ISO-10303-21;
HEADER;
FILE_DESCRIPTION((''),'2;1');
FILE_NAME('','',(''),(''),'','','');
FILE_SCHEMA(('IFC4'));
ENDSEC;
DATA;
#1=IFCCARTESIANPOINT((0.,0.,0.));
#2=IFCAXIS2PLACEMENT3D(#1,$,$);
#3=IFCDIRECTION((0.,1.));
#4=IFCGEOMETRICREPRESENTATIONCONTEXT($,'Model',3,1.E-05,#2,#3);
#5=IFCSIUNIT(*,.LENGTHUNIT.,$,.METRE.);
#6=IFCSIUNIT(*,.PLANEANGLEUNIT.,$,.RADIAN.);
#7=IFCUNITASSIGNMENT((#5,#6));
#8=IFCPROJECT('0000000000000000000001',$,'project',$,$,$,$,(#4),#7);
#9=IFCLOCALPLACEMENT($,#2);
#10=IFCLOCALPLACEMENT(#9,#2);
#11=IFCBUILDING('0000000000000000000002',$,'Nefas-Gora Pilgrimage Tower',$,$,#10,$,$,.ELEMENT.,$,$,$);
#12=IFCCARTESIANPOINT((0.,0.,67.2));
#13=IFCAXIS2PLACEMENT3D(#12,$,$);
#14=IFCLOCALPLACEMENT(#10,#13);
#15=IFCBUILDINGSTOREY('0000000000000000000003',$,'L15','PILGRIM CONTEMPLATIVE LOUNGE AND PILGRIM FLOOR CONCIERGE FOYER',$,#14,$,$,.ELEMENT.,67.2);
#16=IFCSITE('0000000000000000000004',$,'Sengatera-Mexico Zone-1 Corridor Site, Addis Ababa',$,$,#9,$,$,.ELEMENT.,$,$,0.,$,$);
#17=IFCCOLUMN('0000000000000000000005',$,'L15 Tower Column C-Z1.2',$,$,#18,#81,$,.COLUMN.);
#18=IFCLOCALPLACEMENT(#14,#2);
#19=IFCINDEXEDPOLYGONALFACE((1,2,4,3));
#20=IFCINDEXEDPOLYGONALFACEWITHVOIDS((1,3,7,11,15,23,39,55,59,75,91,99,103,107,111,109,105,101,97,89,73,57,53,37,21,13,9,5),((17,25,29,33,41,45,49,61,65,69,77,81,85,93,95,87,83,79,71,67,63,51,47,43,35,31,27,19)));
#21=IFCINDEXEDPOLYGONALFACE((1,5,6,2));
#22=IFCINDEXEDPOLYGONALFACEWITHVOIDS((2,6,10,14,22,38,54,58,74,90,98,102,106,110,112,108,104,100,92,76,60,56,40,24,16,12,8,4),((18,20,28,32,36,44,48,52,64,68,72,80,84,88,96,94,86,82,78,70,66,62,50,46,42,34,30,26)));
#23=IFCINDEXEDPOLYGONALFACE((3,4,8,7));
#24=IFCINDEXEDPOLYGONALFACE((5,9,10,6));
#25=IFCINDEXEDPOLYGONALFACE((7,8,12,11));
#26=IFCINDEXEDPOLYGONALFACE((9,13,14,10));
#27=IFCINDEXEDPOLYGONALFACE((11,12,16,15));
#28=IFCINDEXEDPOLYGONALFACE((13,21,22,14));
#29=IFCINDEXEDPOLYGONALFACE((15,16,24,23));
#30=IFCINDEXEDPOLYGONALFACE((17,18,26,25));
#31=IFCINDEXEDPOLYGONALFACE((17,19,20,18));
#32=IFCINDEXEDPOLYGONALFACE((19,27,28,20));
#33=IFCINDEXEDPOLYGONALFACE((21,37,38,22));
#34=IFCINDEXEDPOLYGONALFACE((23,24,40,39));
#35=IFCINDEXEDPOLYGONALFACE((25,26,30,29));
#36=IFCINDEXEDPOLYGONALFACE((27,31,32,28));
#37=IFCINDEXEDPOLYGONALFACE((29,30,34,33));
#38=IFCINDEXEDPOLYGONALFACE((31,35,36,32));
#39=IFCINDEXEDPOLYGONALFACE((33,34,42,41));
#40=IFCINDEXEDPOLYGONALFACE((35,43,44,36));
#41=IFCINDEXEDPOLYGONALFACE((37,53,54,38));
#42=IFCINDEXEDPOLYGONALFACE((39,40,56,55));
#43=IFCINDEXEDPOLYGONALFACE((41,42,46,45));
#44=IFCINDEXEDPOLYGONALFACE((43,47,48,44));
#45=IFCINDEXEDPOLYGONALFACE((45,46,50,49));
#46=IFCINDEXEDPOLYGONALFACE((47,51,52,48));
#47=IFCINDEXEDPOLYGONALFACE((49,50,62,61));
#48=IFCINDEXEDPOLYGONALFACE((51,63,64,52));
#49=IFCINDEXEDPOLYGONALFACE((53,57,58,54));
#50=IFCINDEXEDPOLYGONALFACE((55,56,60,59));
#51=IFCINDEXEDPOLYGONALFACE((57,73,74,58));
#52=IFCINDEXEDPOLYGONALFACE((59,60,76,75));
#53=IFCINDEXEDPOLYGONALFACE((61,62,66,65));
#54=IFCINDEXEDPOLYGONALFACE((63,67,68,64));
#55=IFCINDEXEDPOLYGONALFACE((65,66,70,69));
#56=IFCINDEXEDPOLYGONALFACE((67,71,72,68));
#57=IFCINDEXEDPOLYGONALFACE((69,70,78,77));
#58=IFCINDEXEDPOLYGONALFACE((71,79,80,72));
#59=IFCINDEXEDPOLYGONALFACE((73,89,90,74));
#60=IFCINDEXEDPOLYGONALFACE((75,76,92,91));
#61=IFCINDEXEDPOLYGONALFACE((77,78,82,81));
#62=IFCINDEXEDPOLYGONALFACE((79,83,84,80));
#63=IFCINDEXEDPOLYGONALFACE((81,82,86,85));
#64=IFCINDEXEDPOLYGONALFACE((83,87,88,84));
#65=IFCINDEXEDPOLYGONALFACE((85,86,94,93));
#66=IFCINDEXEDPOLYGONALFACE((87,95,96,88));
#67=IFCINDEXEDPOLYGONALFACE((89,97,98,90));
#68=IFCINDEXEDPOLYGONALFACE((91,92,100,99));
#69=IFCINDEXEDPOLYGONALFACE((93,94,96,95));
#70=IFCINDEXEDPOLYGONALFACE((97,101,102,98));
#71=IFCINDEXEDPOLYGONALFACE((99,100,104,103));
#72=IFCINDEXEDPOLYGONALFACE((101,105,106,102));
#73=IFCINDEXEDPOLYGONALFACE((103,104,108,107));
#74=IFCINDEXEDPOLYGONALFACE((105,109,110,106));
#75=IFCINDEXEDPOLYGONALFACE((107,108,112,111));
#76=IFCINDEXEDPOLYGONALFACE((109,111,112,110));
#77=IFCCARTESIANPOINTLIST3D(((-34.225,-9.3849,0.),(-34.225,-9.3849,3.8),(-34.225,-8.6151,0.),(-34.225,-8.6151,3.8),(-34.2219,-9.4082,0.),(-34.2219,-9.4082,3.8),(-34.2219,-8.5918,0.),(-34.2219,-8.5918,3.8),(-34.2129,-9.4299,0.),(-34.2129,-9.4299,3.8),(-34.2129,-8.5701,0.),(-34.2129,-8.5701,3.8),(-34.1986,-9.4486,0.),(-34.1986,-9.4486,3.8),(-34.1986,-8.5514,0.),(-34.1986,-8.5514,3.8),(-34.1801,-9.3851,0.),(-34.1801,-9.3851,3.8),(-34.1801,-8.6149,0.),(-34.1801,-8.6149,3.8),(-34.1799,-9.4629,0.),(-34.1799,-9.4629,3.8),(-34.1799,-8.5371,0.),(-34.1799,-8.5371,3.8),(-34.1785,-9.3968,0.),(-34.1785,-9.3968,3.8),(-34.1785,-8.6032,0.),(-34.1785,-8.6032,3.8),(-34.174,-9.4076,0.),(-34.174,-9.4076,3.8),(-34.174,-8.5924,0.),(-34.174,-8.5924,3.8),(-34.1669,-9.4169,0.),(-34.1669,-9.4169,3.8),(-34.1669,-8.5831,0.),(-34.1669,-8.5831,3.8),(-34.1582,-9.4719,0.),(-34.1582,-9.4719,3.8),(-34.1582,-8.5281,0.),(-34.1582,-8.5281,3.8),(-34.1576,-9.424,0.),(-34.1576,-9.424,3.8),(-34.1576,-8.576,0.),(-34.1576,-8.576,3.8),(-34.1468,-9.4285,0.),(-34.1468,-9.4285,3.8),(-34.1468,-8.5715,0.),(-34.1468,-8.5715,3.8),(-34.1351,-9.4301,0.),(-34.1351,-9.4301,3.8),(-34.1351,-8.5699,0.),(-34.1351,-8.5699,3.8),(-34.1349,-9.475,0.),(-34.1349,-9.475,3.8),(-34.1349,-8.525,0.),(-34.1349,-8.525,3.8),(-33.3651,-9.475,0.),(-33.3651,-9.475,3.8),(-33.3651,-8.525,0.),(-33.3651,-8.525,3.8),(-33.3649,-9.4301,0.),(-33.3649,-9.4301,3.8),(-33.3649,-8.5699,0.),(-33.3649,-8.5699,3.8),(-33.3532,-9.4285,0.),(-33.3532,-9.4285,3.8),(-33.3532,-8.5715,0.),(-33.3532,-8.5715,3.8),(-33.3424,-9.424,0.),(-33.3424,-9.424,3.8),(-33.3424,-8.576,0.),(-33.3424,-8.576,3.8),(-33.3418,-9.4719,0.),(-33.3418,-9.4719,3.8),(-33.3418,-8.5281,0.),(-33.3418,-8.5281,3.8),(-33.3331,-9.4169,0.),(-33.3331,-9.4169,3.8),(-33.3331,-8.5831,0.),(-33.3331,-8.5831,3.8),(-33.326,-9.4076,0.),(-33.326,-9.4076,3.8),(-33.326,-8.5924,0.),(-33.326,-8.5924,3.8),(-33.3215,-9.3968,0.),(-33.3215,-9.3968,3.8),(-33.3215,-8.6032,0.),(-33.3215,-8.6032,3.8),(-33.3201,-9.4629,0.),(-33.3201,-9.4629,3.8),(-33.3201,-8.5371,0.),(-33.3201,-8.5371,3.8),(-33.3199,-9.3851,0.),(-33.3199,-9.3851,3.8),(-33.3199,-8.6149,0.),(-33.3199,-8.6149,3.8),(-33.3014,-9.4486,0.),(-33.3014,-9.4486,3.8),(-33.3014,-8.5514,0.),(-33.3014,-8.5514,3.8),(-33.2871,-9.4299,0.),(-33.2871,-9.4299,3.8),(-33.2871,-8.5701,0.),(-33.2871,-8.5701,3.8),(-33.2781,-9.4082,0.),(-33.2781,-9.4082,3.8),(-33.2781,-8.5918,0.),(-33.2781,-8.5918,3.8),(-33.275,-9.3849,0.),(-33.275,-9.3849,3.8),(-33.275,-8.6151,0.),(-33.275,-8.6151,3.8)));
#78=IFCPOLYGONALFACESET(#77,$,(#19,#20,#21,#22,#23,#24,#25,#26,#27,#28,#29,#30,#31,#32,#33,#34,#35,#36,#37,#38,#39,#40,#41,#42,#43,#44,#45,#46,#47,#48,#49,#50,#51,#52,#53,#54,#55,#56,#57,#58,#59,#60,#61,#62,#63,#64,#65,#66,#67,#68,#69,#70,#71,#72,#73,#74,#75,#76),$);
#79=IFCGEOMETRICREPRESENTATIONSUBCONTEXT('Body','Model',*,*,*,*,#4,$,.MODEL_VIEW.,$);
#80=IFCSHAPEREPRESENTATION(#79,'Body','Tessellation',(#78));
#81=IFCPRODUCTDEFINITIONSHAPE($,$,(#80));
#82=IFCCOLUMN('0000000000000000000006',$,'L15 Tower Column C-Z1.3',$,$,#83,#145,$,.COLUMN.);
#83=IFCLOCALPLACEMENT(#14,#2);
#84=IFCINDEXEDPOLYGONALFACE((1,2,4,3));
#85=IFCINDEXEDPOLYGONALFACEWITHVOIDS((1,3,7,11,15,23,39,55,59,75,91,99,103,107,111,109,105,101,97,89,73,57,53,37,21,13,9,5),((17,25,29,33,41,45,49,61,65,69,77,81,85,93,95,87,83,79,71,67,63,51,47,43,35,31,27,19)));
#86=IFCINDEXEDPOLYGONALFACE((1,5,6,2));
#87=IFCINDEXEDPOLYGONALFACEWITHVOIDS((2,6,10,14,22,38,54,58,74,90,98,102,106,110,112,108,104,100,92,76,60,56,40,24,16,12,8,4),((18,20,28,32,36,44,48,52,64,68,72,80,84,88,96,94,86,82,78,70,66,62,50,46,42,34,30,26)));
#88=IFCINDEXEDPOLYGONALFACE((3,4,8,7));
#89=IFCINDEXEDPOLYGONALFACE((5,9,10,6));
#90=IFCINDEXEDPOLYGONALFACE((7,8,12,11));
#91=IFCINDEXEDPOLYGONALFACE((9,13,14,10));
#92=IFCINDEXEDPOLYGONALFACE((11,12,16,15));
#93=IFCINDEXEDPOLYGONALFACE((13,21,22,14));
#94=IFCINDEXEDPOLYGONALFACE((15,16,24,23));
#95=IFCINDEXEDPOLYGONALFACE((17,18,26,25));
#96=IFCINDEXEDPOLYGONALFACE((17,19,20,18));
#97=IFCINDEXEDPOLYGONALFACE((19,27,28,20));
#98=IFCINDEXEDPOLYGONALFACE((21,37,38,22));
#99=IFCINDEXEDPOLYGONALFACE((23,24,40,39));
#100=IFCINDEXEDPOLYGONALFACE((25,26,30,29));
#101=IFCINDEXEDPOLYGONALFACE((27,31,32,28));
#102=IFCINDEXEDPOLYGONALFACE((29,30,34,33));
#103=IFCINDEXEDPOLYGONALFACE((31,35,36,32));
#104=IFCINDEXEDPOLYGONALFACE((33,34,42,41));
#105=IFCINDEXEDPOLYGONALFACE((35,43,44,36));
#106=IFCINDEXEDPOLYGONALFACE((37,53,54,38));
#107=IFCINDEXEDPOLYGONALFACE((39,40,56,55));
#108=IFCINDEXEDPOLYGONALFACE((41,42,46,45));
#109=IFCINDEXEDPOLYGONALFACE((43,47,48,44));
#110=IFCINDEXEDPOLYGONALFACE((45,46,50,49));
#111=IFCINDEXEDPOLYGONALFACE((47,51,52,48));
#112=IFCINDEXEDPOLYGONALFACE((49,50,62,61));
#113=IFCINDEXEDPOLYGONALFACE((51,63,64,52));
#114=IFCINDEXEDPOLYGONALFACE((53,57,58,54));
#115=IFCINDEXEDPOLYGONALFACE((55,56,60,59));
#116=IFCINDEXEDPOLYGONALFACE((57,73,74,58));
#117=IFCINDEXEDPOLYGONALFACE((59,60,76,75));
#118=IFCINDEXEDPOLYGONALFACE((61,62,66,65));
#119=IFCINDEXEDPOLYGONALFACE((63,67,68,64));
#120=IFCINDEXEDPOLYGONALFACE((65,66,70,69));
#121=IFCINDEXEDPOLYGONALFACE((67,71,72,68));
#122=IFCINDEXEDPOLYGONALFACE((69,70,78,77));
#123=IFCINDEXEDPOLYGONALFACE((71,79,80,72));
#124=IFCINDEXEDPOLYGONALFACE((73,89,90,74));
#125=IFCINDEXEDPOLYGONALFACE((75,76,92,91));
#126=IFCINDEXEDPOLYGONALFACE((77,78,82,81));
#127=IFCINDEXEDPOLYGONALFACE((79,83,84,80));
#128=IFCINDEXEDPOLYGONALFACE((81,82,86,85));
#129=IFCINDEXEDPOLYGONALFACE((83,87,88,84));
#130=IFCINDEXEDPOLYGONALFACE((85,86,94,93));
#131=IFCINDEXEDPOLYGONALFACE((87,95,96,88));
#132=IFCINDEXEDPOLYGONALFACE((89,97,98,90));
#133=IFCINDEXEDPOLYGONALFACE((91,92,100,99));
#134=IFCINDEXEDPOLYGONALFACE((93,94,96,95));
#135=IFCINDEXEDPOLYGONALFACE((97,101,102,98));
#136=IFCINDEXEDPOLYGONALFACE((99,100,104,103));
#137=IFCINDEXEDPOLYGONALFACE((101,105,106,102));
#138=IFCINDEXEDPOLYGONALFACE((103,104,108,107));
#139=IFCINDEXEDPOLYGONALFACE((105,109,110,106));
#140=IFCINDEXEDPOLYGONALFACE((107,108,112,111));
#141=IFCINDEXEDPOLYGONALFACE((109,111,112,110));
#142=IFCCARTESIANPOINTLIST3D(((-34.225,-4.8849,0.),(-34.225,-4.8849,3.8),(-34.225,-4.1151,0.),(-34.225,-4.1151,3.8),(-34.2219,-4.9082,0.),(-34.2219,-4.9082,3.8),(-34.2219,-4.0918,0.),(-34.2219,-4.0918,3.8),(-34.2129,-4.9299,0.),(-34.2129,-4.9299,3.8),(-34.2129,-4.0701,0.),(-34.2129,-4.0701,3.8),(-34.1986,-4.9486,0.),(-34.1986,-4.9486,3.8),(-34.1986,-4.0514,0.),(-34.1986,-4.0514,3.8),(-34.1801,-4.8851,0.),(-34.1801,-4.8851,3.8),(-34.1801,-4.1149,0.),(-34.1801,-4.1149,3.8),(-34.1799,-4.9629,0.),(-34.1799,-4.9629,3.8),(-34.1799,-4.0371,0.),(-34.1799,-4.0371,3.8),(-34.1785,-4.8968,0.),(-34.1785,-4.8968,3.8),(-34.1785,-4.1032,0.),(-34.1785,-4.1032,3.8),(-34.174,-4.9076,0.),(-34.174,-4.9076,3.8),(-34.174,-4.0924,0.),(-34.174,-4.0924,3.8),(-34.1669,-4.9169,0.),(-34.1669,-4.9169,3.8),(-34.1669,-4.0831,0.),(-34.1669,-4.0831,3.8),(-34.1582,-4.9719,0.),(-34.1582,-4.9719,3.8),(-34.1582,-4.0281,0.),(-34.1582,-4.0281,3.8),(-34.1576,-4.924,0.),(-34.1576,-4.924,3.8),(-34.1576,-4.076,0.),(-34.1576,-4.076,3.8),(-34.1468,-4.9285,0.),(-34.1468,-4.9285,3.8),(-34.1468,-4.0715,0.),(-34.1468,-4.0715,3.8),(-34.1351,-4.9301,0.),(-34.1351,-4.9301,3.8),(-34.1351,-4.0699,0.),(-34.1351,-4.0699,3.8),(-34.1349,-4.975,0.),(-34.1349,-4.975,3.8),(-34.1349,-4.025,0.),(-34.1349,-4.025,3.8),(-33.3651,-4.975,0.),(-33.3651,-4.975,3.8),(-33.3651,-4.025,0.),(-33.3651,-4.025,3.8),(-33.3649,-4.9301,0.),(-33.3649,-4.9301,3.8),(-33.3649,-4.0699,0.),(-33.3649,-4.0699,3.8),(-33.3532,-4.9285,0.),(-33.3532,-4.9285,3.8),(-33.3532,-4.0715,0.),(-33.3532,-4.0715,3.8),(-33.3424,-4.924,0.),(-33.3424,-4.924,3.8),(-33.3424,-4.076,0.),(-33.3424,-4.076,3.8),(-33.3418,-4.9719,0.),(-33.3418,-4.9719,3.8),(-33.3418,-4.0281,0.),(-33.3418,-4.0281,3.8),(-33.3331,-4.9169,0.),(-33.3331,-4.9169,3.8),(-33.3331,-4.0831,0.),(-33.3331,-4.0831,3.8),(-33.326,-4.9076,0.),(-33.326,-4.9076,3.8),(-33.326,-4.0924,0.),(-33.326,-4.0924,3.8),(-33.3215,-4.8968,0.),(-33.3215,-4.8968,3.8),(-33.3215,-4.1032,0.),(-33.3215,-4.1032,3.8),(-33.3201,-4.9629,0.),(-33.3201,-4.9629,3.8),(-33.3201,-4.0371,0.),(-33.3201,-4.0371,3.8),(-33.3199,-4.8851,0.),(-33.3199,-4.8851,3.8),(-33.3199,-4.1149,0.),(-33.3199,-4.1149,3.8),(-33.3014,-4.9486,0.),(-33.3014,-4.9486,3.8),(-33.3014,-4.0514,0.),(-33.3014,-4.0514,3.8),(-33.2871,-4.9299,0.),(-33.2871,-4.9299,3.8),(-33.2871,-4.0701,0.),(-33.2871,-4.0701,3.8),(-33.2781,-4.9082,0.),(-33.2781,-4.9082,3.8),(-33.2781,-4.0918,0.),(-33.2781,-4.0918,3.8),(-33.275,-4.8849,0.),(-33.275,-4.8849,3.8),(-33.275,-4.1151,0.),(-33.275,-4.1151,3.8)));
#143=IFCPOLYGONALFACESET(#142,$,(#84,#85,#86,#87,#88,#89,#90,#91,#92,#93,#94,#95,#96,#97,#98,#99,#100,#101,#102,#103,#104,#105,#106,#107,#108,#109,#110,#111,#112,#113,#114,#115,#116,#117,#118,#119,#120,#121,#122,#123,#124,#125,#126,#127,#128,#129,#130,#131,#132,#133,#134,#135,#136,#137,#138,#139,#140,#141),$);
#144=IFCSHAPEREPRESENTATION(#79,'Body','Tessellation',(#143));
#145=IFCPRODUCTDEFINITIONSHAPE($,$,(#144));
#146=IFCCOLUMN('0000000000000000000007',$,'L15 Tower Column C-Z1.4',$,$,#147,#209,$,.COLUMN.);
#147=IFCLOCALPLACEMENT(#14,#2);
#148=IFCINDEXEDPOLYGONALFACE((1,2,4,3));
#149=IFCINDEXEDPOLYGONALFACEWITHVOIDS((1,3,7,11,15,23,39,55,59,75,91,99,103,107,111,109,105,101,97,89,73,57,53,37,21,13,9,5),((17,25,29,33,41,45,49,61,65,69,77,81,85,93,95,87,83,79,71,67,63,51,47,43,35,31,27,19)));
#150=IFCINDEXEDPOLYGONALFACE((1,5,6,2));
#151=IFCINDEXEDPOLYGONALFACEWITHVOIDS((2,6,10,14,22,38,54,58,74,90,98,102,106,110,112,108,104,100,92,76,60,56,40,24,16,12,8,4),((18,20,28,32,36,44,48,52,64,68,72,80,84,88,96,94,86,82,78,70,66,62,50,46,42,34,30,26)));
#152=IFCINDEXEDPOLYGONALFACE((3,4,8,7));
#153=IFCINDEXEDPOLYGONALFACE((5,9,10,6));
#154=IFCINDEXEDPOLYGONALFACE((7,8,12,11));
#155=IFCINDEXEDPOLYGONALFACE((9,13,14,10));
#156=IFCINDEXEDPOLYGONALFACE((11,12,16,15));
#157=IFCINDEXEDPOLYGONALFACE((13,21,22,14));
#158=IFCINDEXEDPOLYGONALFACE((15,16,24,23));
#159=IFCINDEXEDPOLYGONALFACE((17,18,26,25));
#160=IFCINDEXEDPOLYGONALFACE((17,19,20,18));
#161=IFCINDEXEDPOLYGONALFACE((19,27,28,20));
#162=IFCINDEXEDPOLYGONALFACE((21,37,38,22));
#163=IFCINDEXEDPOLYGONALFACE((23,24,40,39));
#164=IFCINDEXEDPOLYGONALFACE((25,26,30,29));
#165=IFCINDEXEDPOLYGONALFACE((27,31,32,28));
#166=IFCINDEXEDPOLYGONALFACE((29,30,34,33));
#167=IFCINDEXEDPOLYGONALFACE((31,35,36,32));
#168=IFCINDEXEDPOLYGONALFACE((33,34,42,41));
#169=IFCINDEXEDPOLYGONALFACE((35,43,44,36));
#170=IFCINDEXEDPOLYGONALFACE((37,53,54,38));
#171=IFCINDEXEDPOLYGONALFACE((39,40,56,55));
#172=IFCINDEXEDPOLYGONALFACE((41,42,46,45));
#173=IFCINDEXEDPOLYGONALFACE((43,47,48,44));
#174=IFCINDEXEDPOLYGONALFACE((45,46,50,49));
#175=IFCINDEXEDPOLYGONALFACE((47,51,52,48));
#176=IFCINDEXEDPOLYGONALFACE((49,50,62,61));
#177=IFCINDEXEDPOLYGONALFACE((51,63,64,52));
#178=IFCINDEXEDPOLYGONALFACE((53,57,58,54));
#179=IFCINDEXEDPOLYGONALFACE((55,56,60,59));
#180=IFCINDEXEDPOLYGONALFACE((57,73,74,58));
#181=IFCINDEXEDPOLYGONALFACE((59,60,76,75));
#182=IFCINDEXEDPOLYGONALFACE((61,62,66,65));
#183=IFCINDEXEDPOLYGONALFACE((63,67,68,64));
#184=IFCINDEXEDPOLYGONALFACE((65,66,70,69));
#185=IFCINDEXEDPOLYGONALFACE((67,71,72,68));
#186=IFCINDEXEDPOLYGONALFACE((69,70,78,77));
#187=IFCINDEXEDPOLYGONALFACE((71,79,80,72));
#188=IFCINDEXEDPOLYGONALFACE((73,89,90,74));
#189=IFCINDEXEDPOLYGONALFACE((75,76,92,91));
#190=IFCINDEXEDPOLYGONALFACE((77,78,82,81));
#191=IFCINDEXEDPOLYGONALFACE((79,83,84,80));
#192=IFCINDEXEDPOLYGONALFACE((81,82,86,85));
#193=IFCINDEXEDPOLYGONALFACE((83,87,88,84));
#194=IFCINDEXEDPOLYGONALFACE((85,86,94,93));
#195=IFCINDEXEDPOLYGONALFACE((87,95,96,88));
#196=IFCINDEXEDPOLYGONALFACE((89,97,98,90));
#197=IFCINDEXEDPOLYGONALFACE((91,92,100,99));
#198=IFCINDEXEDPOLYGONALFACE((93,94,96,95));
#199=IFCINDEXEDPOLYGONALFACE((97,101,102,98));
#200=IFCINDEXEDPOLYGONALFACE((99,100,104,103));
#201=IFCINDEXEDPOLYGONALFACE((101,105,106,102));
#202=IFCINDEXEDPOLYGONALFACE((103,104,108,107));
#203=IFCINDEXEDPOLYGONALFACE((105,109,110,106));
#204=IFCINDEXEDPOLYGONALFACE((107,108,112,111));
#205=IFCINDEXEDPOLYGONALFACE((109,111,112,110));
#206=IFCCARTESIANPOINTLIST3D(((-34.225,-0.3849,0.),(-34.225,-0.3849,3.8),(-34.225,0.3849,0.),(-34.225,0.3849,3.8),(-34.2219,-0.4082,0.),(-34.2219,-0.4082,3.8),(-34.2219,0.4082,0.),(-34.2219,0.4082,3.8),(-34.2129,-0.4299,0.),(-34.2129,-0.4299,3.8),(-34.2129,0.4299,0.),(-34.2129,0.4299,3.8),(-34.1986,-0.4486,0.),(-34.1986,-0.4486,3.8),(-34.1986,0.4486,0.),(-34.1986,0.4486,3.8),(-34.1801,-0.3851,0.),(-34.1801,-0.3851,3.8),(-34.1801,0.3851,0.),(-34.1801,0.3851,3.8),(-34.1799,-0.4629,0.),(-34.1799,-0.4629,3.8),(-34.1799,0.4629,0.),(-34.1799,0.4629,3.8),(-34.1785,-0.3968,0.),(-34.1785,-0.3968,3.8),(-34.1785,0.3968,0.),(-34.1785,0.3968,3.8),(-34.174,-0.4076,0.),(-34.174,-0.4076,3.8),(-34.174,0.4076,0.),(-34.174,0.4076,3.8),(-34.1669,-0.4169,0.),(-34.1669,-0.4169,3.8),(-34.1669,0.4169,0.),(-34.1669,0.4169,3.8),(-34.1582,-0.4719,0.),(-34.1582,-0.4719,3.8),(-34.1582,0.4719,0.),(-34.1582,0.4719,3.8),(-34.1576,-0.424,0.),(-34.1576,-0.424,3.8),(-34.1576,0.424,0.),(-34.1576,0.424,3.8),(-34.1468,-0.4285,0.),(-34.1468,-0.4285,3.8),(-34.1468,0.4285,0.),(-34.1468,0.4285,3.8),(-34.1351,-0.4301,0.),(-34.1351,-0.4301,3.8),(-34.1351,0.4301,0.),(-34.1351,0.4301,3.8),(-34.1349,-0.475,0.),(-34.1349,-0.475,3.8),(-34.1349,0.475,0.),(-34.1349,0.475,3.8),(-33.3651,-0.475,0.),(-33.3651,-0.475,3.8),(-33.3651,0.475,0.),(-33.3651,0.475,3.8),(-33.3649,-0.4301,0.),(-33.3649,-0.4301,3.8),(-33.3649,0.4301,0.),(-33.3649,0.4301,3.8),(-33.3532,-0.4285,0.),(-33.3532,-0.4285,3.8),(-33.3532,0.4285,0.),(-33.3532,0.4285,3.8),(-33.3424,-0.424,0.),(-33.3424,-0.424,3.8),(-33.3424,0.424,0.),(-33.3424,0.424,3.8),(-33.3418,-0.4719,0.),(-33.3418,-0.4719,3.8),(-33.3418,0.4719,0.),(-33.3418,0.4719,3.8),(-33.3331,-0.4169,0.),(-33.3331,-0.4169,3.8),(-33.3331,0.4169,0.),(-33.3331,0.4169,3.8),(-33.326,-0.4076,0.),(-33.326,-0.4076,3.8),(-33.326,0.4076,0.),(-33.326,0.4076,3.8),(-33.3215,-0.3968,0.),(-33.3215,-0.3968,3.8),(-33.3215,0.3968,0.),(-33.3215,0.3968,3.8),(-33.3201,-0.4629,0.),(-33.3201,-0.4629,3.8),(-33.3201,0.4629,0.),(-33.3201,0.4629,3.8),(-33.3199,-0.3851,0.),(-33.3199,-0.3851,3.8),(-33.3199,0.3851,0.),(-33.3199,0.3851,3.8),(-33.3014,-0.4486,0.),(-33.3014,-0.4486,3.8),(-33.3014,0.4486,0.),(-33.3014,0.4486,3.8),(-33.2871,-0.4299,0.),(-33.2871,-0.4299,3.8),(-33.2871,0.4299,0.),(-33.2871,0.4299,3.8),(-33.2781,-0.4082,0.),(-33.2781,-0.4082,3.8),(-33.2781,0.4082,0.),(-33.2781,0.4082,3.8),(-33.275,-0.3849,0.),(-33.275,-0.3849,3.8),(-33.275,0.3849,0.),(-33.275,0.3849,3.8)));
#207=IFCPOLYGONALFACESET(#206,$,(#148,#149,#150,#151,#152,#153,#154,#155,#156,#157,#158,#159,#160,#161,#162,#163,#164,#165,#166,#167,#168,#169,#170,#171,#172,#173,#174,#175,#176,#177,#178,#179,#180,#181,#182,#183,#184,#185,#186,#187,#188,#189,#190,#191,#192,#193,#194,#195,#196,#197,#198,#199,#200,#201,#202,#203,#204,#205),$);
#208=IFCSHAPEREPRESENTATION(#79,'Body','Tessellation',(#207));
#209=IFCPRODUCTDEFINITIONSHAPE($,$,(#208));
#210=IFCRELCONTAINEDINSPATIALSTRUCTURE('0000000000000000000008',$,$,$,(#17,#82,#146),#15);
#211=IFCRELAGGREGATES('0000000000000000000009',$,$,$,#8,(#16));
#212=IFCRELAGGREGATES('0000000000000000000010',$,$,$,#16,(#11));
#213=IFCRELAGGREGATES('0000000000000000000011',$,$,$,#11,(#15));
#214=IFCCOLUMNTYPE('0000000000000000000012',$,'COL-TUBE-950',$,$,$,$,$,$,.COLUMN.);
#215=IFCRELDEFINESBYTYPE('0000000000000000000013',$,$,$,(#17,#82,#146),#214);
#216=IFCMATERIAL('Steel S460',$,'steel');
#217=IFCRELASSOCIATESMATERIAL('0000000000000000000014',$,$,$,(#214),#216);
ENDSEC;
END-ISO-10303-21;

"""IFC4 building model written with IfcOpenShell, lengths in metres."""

from ifc_helpers import new_model, si_unit, direction, frame, origin, origin_2d, place, context, subcontext, project, spatial, hollow_rectangle, extrude, source, transform, mapped, material, material_profile, profile_set, type_object, element, save


model = new_model("IFC4")

# Units and contexts
model_context = context("Model", 3, precision=1e-05, world=origin(), true_north=direction((0.0, 1.0)))
body_context = subcontext(model_context, "Body", "Model", "MODEL_VIEW")
ifc_project = project(units=[si_unit("LENGTHUNIT", "METRE"), si_unit("PLANEANGLEUNIT", "RADIAN")], contexts=[model_context])

# Site, building, storey
site_placement = place(None, origin())
site = spatial("IfcSite", under=ifc_project, at=site_placement, Name="Sengatera-Mexico Zone-1 Corridor Site, Addis Ababa", CompositionType="ELEMENT", RefElevation=0.0)
building_placement = place(site_placement, origin())
building = spatial("IfcBuilding", under=site, at=building_placement, Name="Nefas-Gora Pilgrimage Tower", CompositionType="ELEMENT")
storey_placement = place(building_placement, frame((0.0, 0.0, 67.2)))
storey = spatial("IfcBuildingStorey", under=building, at=storey_placement, Name="L15", Description="PILGRIM CONTEMPLATIVE LOUNGE AND PILGRIM FLOOR CONCIERGE FOYER", CompositionType="ELEMENT", Elevation=67.2)

# Columns
ifc_material_1 = material(Name="Steel S460", Category="steel")
ifc_material_profile_1 = material_profile(ifc_material_1, hollow_rectangle(XDim=0.95, YDim=0.95, WallThickness=0.0449, InnerFilletRadius=0.0449, OuterFilletRadius=0.0901, at=origin_2d()), Name="BOX 950x950x45")
ifc_profile_set_1 = profile_set([ifc_material_profile_1], Name="Steel S460")
column_type_1 = type_object("IfcColumnType", Name="COL-TUBE-950", PredefinedType="COLUMN", material=ifc_profile_set_1)
shared_shape_1 = source(origin(), body_context, "Body", "SweptSolid", [
    extrude(hollow_rectangle(XDim=0.95, YDim=0.95, WallThickness=0.0449, InnerFilletRadius=0.0449, OuterFilletRadius=0.0901, at=origin_2d()), origin(), (0.0, 0.0, 1.0), 3.8),
])
for number, where, z_axis, x_axis, name in (
    (1, (-33.75, -9.0, 0.0), (0.0, 0.0, 1.0), (1.0, 0.0, 0.0), "L15 Tower Column C-Z1.2"),
    (2, (-33.75, -4.5, 0.0), (0.0, 0.0, 1.0), (1.0, 0.0, 0.0), "L15 Tower Column C-Z1.3"),
    (3, (-33.75, 0.0, 0.0), (0.0, 0.0, 1.0), (1.0, 0.0, 0.0), "L15 Tower Column C-Z1.4"),
):
    element("IfcColumn", number, at=place(storey_placement, frame(where, z_axis=z_axis, x_axis=x_axis)), inside=storey, type_object=column_type_1, Name=name, PredefinedType="COLUMN", context=body_context, shape_type="MappedRepresentation", body=[
        mapped(shared_shape_1, transform((0.0, 0.0, 0.0), x_axis=(1.0, 0.0, 0.0), y_axis=(0.0, 1.0, 0.0), z_axis=(0.0, 0.0, 1.0), scale=1.0)),
    ])

save(model, "model.ifc")
